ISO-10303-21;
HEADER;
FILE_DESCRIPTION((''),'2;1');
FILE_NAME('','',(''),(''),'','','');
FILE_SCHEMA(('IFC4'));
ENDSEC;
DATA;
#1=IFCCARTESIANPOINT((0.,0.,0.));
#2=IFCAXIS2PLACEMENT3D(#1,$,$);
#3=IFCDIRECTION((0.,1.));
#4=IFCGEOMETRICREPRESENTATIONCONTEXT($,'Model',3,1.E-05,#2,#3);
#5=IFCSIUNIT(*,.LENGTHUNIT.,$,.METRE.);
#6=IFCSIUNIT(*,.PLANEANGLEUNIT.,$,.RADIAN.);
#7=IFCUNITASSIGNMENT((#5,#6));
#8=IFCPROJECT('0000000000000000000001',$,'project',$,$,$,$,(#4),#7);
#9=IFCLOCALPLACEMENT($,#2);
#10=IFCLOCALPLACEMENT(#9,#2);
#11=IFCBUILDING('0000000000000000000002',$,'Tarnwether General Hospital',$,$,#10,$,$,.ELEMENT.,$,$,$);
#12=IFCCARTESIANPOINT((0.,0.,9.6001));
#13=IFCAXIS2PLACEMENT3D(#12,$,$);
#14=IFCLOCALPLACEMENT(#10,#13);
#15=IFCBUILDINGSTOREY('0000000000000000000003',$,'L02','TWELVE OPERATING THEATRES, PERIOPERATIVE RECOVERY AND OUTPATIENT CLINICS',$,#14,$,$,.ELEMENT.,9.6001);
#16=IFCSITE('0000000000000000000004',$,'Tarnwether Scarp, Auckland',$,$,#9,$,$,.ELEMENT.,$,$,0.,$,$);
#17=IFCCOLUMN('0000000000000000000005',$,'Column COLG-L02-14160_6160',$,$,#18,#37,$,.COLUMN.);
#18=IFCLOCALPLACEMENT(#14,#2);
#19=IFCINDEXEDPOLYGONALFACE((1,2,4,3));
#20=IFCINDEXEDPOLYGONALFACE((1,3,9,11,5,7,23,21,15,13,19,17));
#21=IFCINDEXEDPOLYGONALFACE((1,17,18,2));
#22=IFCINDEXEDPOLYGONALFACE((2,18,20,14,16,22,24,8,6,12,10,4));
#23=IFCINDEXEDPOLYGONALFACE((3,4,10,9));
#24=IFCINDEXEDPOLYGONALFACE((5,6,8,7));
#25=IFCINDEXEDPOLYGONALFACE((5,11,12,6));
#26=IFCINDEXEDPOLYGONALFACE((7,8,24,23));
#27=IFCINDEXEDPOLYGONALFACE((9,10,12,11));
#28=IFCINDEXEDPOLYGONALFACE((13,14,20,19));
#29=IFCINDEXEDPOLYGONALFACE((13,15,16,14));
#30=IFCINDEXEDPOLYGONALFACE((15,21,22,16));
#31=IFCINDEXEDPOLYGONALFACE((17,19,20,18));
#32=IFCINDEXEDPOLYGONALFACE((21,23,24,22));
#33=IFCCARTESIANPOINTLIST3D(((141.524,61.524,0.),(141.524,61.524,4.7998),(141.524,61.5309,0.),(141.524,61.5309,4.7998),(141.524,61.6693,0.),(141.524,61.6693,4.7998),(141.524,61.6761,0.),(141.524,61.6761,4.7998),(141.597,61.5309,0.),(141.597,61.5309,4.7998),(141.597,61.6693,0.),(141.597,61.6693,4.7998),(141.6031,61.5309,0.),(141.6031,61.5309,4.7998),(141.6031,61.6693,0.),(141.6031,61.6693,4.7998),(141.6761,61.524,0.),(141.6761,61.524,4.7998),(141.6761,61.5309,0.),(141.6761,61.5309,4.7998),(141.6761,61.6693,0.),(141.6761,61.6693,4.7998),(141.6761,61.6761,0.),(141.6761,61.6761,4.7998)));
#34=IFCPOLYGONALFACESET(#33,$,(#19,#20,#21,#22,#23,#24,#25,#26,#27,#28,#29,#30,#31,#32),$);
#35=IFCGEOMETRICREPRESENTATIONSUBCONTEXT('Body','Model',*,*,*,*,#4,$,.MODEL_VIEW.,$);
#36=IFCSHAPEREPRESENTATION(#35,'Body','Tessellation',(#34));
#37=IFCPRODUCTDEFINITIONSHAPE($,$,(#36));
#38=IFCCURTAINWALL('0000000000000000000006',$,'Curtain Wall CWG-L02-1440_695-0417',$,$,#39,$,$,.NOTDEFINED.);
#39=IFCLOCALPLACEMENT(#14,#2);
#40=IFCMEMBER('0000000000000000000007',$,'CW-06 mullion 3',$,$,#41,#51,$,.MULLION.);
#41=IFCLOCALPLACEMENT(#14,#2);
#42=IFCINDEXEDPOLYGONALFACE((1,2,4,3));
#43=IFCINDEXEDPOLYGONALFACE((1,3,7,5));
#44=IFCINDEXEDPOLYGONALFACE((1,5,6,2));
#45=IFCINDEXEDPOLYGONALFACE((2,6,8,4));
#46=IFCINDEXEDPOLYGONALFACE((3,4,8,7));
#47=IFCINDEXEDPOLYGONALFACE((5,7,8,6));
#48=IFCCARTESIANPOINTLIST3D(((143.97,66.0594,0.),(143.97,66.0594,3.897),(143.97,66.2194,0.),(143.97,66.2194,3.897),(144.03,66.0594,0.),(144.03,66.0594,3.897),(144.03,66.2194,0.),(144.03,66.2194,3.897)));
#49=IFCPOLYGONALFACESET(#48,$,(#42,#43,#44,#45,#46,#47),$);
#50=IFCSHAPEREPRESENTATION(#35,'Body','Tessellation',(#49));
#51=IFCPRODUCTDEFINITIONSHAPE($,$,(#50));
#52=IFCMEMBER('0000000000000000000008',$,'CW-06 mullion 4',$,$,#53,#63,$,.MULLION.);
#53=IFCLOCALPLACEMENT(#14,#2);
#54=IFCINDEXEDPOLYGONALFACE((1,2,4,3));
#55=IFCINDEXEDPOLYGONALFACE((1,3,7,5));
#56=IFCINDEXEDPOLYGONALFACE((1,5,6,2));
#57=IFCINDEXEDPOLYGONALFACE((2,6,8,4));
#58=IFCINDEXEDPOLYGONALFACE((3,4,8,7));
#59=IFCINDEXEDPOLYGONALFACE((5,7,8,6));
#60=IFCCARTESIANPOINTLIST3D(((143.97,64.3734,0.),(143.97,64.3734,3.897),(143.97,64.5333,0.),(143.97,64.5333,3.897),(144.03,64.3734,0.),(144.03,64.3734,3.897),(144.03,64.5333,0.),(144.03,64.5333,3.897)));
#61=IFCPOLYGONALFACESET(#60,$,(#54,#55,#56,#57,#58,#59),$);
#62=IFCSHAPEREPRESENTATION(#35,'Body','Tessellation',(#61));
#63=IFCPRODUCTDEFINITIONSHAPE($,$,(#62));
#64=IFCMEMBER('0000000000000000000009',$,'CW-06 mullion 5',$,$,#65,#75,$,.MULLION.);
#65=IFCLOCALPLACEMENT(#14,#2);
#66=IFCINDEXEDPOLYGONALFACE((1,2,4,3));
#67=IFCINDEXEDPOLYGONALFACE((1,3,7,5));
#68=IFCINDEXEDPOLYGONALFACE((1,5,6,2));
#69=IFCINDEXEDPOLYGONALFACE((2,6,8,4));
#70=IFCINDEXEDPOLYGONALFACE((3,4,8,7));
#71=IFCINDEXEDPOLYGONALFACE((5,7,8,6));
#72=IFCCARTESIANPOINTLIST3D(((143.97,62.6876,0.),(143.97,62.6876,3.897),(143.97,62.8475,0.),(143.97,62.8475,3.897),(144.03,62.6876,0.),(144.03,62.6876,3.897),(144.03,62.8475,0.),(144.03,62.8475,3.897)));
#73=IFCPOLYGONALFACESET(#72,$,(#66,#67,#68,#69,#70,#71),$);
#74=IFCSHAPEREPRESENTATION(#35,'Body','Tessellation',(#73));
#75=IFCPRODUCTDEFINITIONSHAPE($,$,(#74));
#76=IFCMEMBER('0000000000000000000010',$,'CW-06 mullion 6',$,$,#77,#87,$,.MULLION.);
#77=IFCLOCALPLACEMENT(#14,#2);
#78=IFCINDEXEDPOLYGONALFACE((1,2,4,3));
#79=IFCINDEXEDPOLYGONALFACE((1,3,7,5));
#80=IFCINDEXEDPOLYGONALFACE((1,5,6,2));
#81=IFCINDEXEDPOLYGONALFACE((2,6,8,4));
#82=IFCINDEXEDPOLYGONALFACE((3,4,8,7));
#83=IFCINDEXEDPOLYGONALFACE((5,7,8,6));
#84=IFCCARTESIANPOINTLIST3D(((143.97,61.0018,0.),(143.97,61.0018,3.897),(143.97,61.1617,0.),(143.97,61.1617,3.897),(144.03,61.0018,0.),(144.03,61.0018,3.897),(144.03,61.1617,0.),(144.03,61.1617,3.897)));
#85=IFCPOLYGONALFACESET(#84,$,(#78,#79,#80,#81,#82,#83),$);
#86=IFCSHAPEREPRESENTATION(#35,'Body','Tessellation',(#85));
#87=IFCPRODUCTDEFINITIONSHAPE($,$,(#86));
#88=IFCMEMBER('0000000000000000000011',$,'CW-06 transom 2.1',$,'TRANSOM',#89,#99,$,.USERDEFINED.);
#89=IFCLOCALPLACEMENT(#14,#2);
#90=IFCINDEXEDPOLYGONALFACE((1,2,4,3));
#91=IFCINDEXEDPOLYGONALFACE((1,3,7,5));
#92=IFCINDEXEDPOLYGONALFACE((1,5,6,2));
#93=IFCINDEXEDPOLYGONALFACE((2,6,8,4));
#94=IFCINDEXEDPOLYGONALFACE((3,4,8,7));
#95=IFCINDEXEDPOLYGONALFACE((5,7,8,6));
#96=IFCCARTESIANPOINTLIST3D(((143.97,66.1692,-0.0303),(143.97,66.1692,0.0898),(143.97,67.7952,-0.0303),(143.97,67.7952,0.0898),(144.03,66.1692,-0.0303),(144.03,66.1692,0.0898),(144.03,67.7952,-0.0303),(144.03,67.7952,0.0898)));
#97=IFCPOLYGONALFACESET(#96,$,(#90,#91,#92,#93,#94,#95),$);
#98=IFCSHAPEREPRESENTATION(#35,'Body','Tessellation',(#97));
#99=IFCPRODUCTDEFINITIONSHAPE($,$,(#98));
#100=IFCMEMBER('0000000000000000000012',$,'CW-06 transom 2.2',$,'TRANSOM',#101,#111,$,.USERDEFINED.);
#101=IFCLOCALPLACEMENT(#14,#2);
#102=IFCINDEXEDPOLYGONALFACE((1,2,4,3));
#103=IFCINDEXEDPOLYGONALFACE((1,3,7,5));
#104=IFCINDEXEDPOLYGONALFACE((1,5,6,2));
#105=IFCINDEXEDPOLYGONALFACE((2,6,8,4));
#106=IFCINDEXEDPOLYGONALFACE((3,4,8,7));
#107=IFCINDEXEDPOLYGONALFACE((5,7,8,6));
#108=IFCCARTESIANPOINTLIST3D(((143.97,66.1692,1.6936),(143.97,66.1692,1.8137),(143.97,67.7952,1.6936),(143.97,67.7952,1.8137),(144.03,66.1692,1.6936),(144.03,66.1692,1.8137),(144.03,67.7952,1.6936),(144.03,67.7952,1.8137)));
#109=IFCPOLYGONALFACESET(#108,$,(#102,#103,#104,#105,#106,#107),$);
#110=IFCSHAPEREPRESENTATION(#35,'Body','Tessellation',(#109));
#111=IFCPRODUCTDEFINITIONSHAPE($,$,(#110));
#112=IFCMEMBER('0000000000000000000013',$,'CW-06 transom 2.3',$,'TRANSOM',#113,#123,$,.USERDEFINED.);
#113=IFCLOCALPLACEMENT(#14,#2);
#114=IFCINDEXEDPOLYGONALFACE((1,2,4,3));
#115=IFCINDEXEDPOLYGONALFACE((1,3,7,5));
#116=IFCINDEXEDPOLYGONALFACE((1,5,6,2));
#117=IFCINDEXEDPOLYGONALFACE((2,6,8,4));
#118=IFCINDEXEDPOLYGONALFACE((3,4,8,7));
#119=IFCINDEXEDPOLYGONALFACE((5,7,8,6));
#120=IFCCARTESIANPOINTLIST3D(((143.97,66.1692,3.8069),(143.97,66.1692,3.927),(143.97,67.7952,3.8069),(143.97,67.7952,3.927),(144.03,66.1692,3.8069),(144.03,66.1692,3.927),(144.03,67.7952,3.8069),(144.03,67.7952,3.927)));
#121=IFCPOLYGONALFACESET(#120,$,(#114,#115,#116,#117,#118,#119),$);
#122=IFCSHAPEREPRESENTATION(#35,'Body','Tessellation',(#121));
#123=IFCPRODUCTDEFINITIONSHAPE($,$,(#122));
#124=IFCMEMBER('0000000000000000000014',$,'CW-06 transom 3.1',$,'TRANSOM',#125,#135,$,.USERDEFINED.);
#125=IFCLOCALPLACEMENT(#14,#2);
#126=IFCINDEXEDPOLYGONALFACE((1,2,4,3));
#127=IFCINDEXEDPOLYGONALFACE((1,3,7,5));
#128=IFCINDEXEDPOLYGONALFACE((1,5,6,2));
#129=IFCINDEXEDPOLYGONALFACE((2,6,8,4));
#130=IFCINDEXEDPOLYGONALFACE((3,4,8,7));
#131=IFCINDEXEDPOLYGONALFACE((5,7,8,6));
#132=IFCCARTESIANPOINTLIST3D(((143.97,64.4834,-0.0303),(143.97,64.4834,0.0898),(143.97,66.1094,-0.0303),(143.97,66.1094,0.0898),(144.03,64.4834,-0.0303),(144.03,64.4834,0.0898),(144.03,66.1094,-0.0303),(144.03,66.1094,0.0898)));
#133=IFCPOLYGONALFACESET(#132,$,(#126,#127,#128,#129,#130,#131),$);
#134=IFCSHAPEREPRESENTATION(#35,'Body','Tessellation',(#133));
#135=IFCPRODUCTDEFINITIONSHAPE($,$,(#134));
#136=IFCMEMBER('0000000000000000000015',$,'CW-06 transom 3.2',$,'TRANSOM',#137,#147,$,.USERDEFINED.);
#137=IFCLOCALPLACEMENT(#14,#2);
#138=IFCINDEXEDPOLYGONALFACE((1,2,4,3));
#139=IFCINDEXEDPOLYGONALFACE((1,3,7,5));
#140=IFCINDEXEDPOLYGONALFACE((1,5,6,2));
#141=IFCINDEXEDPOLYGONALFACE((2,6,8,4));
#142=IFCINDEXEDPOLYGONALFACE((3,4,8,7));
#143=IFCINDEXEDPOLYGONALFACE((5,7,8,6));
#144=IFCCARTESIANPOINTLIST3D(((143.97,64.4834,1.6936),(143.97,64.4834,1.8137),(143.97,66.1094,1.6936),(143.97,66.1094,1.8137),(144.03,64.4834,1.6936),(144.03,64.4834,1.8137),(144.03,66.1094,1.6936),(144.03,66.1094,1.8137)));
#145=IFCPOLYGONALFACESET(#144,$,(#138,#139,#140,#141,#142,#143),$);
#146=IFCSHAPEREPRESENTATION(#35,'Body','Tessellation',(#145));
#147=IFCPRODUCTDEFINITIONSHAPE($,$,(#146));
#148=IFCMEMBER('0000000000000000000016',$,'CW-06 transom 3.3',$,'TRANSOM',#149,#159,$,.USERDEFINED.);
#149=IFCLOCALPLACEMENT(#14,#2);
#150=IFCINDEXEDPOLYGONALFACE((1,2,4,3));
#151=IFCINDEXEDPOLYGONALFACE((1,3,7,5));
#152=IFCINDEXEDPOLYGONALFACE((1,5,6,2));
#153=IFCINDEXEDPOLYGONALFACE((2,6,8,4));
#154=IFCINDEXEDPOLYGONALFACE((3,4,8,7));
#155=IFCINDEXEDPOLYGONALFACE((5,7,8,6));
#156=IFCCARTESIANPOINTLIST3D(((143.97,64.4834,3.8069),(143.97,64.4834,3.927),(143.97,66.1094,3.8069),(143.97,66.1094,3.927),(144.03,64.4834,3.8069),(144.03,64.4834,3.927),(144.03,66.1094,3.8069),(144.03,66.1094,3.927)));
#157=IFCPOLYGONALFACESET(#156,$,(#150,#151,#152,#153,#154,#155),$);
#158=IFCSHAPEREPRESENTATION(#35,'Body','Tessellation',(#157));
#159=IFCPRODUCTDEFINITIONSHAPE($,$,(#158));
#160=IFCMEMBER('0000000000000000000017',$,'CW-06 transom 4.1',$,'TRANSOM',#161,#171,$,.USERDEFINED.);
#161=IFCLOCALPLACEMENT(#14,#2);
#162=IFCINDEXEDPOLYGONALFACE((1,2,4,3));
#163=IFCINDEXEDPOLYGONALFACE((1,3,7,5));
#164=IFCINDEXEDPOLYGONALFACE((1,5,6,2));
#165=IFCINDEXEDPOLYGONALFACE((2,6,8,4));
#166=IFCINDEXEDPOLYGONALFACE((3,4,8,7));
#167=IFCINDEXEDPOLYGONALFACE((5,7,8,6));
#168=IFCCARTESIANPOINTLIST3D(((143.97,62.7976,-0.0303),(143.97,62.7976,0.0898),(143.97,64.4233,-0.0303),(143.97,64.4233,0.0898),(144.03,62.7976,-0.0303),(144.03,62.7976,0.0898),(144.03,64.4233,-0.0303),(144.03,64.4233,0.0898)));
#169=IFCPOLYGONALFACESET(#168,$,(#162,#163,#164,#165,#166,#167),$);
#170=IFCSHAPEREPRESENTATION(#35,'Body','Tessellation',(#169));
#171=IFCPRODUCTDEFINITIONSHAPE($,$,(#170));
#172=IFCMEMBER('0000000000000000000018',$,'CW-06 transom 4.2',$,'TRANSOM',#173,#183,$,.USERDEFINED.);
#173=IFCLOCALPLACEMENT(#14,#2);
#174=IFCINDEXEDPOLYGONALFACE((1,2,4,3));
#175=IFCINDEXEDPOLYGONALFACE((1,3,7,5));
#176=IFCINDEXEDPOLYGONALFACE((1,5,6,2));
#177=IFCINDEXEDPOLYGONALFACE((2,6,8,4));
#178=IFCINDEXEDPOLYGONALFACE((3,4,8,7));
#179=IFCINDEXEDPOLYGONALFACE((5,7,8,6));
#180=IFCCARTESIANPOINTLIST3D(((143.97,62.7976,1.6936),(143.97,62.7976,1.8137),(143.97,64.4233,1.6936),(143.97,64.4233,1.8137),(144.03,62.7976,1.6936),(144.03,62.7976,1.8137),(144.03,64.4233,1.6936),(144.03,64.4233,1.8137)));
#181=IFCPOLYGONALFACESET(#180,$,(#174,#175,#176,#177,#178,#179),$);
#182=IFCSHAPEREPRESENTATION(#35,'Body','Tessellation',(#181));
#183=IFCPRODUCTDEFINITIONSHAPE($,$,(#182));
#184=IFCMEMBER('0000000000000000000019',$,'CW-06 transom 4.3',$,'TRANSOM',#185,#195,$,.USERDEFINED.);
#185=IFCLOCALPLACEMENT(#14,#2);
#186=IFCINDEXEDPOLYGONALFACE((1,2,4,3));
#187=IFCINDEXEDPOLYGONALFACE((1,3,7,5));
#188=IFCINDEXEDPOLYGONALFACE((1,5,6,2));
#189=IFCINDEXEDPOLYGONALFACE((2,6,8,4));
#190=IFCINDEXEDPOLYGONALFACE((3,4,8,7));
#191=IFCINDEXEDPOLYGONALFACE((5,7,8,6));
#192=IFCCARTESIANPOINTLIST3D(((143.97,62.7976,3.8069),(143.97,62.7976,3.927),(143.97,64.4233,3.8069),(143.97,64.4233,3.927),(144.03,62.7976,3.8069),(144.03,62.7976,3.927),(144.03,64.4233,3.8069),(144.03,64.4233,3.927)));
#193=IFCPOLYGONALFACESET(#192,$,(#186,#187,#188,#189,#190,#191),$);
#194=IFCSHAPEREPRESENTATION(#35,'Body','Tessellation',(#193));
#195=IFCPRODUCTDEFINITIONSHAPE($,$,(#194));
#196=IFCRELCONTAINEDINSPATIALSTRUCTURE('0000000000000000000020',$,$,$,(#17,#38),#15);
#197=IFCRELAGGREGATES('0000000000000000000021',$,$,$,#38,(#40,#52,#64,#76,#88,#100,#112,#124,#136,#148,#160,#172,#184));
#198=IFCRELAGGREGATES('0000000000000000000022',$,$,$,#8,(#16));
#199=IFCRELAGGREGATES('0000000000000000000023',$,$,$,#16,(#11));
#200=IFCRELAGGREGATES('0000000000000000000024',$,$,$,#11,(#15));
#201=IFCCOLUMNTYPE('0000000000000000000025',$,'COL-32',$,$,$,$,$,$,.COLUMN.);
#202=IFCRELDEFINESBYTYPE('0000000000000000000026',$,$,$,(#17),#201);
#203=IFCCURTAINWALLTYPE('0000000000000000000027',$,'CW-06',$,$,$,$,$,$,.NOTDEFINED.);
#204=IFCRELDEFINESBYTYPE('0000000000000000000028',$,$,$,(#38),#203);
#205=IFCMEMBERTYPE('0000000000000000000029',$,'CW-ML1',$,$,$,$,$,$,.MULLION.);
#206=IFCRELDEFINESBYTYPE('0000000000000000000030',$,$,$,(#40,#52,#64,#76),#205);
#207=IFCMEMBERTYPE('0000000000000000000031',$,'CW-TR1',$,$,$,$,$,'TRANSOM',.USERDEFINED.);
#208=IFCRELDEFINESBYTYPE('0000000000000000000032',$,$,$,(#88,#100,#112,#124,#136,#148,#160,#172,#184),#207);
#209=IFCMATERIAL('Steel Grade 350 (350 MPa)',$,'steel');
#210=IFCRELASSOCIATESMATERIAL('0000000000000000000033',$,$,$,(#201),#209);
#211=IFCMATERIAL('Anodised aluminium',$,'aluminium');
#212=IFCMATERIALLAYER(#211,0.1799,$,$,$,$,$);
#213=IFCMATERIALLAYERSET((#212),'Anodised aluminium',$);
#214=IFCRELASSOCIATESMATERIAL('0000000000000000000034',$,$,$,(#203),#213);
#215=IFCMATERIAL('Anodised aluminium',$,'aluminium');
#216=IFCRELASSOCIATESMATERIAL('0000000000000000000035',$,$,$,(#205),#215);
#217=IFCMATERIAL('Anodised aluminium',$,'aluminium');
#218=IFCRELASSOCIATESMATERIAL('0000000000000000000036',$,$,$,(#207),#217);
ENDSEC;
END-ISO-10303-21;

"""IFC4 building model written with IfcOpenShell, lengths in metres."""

from ifc_helpers import new_model, si_unit, direction, frame, origin, origin_2d, place, context, subcontext, project, spatial, rectangle, i_section, extrude, material, layer, layer_set, material_profile, profile_set, type_object, element, aggregate, save


model = new_model("IFC4")

# Units and contexts
model_context = context("Model", 3, precision=1e-05, world=origin(), true_north=direction((0.0, 1.0)))
body_context = subcontext(model_context, "Body", "Model", "MODEL_VIEW")
ifc_project = project(units=[si_unit("LENGTHUNIT", "METRE"), si_unit("PLANEANGLEUNIT", "RADIAN")], contexts=[model_context])

# Site, building, storey
site_placement = place(None, origin())
site = spatial("IfcSite", under=ifc_project, at=site_placement, Name="Tarnwether Scarp, Auckland", CompositionType="ELEMENT", RefElevation=0.0)
building_placement = place(site_placement, origin())
building = spatial("IfcBuilding", under=site, at=building_placement, Name="Tarnwether General Hospital", CompositionType="ELEMENT")
storey_placement = place(building_placement, frame((0.0, 0.0, 9.6001)))
storey = spatial("IfcBuildingStorey", under=building, at=storey_placement, Name="L02", Description="TWELVE OPERATING THEATRES, PERIOPERATIVE RECOVERY AND OUTPATIENT CLINICS", CompositionType="ELEMENT", Elevation=9.6001)

# Column
ifc_material_1 = material(Name="Steel Grade 350 (350 MPa)", Category="steel")
ifc_material_profile_1 = material_profile(ifc_material_1, i_section(OverallWidth=0.1521, OverallDepth=0.1521, WebThickness=0.0061, FlangeThickness=0.0068, at=origin_2d()), Name="150UC23.4")
ifc_profile_set_1 = profile_set([ifc_material_profile_1], Name="Steel Grade 350 (350 MPa)")
column_type = type_object("IfcColumnType", Name="COL-32", PredefinedType="COLUMN", material=ifc_profile_set_1)
column_placement = place(storey_placement, frame((141.6001, 61.6001, 0.0), z_axis=(0.0, 0.0, 1.0), x_axis=(1.0, 0.0, 0.0)))
element("IfcColumn", 1, at=column_placement, inside=storey, type_object=column_type, Name="Column COLG-L02-14160_6160", PredefinedType="COLUMN", context=body_context, shape_type="SweptSolid", body=[
    extrude(i_section(OverallWidth=0.1521, OverallDepth=0.1521, WebThickness=0.0061, FlangeThickness=0.0068, at=origin_2d()), origin(), (0.0, 0.0, 1.0), 4.7998),
])

# Curtain wall, members
ifc_material_2 = material(Name="Anodised aluminium", Category="aluminium")
ifc_layer_1 = layer(ifc_material_2, 0.1799)
ifc_layer_set_1 = layer_set([ifc_layer_1], Name="Anodised aluminium")
curtain_wall_type = type_object("IfcCurtainWallType", Name="CW-06", PredefinedType="NOTDEFINED", material=ifc_layer_set_1)
curtain_wall_placement = place(storey_placement, origin())
curtain_wall = element("IfcCurtainWall", 2, at=curtain_wall_placement, inside=storey, type_object=curtain_wall_type, Name="Curtain Wall CWG-L02-1440_695-0417", PredefinedType="NOTDEFINED")
ifc_material_3 = material(Name="Anodised aluminium", Category="aluminium")
ifc_material_profile_2 = material_profile(ifc_material_3, rectangle(XDim=0.0601, YDim=0.1599, at=origin_2d()), Name="ALU-MUL-60x160")
ifc_profile_set_2 = profile_set([ifc_material_profile_2], Name="Anodised aluminium")
member_type_1 = type_object("IfcMemberType", Name="CW-ML1", PredefinedType="MULLION", material=ifc_profile_set_2)
member_1_placement = place(storey_placement, frame((144.0, 66.1394, 0.0), z_axis=(0.0, 0.0, 1.0), x_axis=(1.0, 0.0, 0.0)))
member_1 = element("IfcMember", 3, at=member_1_placement, type_object=member_type_1, Name="CW-06 mullion 3", PredefinedType="MULLION", context=body_context, shape_type="SweptSolid", body=[
    extrude(rectangle(XDim=0.0601, YDim=0.1599, at=origin_2d()), origin(), (0.0, 0.0, 1.0), 3.897),
])
member_2_placement = place(storey_placement, frame((144.0, 64.4534, 0.0), z_axis=(0.0, 0.0, 1.0), x_axis=(1.0, 0.0, 0.0)))
member_2 = element("IfcMember", 4, at=member_2_placement, type_object=member_type_1, Name="CW-06 mullion 4", PredefinedType="MULLION", context=body_context, shape_type="SweptSolid", body=[
    extrude(rectangle(XDim=0.0601, YDim=0.1599, at=origin_2d()), origin(), (0.0, 0.0, 1.0), 3.897),
])
member_3_placement = place(storey_placement, frame((144.0, 62.7676, 0.0), z_axis=(0.0, 0.0, 1.0), x_axis=(1.0, 0.0, 0.0)))
member_3 = element("IfcMember", 5, at=member_3_placement, type_object=member_type_1, Name="CW-06 mullion 5", PredefinedType="MULLION", context=body_context, shape_type="SweptSolid", body=[
    extrude(rectangle(XDim=0.0601, YDim=0.1599, at=origin_2d()), origin(), (0.0, 0.0, 1.0), 3.897),
])
member_4_placement = place(storey_placement, frame((144.0, 61.0818, 0.0), z_axis=(0.0, 0.0, 1.0), x_axis=(1.0, 0.0, 0.0)))
member_4 = element("IfcMember", 6, at=member_4_placement, type_object=member_type_1, Name="CW-06 mullion 6", PredefinedType="MULLION", context=body_context, shape_type="SweptSolid", body=[
    extrude(rectangle(XDim=0.0601, YDim=0.1599, at=origin_2d()), origin(), (0.0, 0.0, 1.0), 3.897),
])
ifc_material_4 = material(Name="Anodised aluminium", Category="aluminium")
ifc_material_profile_3 = material_profile(ifc_material_4, rectangle(XDim=0.0601, YDim=0.1201, at=origin_2d()), Name="ALU-TRN-60x120")
ifc_profile_set_3 = profile_set([ifc_material_profile_3], Name="Anodised aluminium")
member_type_2 = type_object("IfcMemberType", Name="CW-TR1", ElementType="TRANSOM", PredefinedType="USERDEFINED", material=ifc_profile_set_3)
member_5_placement = place(storey_placement, frame((144.0, 67.7952, 0.0298), z_axis=(0.0, -1.0, 0.0), x_axis=(1.0, 0.0, 0.0)))
member_5 = element("IfcMember", 7, at=member_5_placement, type_object=member_type_2, Name="CW-06 transom 2.1", ObjectType="TRANSOM", PredefinedType="USERDEFINED", context=body_context, shape_type="SweptSolid", body=[
    extrude(rectangle(XDim=0.0601, YDim=0.1201, at=origin_2d()), origin(), (0.0, 0.0, 1.0), 1.626),
])
member_6_placement = place(storey_placement, frame((144.0, 67.7952, 1.7537), z_axis=(0.0, -1.0, 0.0), x_axis=(1.0, 0.0, 0.0)))
member_6 = element("IfcMember", 8, at=member_6_placement, type_object=member_type_2, Name="CW-06 transom 2.2", ObjectType="TRANSOM", PredefinedType="USERDEFINED", context=body_context, shape_type="SweptSolid", body=[
    extrude(rectangle(XDim=0.0601, YDim=0.1201, at=origin_2d()), origin(), (0.0, 0.0, 1.0), 1.626),
])
member_7_placement = place(storey_placement, frame((144.0, 67.7952, 3.8669), z_axis=(0.0, -1.0, 0.0), x_axis=(1.0, 0.0, 0.0)))
member_7 = element("IfcMember", 9, at=member_7_placement, type_object=member_type_2, Name="CW-06 transom 2.3", ObjectType="TRANSOM", PredefinedType="USERDEFINED", context=body_context, shape_type="SweptSolid", body=[
    extrude(rectangle(XDim=0.0601, YDim=0.1201, at=origin_2d()), origin(), (0.0, 0.0, 1.0), 1.626),
])
member_8_placement = place(storey_placement, frame((144.0, 66.1094, 0.0298), z_axis=(0.0, -1.0, 0.0), x_axis=(1.0, 0.0, 0.0)))
member_8 = element("IfcMember", 10, at=member_8_placement, type_object=member_type_2, Name="CW-06 transom 3.1", ObjectType="TRANSOM", PredefinedType="USERDEFINED", context=body_context, shape_type="SweptSolid", body=[
    extrude(rectangle(XDim=0.0601, YDim=0.1201, at=origin_2d()), origin(), (0.0, 0.0, 1.0), 1.626),
])
member_9_placement = place(storey_placement, frame((144.0, 66.1094, 1.7537), z_axis=(0.0, -1.0, 0.0), x_axis=(1.0, 0.0, 0.0)))
member_9 = element("IfcMember", 11, at=member_9_placement, type_object=member_type_2, Name="CW-06 transom 3.2", ObjectType="TRANSOM", PredefinedType="USERDEFINED", context=body_context, shape_type="SweptSolid", body=[
    extrude(rectangle(XDim=0.0601, YDim=0.1201, at=origin_2d()), origin(), (0.0, 0.0, 1.0), 1.626),
])
member_10_placement = place(storey_placement, frame((144.0, 66.1094, 3.8669), z_axis=(0.0, -1.0, 0.0), x_axis=(1.0, 0.0, 0.0)))
member_10 = element("IfcMember", 12, at=member_10_placement, type_object=member_type_2, Name="CW-06 transom 3.3", ObjectType="TRANSOM", PredefinedType="USERDEFINED", context=body_context, shape_type="SweptSolid", body=[
    extrude(rectangle(XDim=0.0601, YDim=0.1201, at=origin_2d()), origin(), (0.0, 0.0, 1.0), 1.626),
])
member_11_placement = place(storey_placement, frame((144.0, 64.4233, 0.0298), z_axis=(0.0, -1.0, 0.0), x_axis=(1.0, 0.0, 0.0)))
member_11 = element("IfcMember", 13, at=member_11_placement, type_object=member_type_2, Name="CW-06 transom 4.1", ObjectType="TRANSOM", PredefinedType="USERDEFINED", context=body_context, shape_type="SweptSolid", body=[
    extrude(rectangle(XDim=0.0601, YDim=0.1201, at=origin_2d()), origin(), (0.0, 0.0, 1.0), 1.6257),
])
member_12_placement = place(storey_placement, frame((144.0, 64.4233, 1.7537), z_axis=(0.0, -1.0, 0.0), x_axis=(1.0, 0.0, 0.0)))
member_12 = element("IfcMember", 14, at=member_12_placement, type_object=member_type_2, Name="CW-06 transom 4.2", ObjectType="TRANSOM", PredefinedType="USERDEFINED", context=body_context, shape_type="SweptSolid", body=[
    extrude(rectangle(XDim=0.0601, YDim=0.1201, at=origin_2d()), origin(), (0.0, 0.0, 1.0), 1.6257),
])
member_13_placement = place(storey_placement, frame((144.0, 64.4233, 3.8669), z_axis=(0.0, -1.0, 0.0), x_axis=(1.0, 0.0, 0.0)))
member_13 = element("IfcMember", 15, at=member_13_placement, type_object=member_type_2, Name="CW-06 transom 4.3", ObjectType="TRANSOM", PredefinedType="USERDEFINED", context=body_context, shape_type="SweptSolid", body=[
    extrude(rectangle(XDim=0.0601, YDim=0.1201, at=origin_2d()), origin(), (0.0, 0.0, 1.0), 1.6257),
])
aggregate(curtain_wall, [member_1, member_2, member_3, member_4, member_5, member_6, member_7, member_8, member_9, member_10, member_11, member_12, member_13])

save(model, "model.ifc")
